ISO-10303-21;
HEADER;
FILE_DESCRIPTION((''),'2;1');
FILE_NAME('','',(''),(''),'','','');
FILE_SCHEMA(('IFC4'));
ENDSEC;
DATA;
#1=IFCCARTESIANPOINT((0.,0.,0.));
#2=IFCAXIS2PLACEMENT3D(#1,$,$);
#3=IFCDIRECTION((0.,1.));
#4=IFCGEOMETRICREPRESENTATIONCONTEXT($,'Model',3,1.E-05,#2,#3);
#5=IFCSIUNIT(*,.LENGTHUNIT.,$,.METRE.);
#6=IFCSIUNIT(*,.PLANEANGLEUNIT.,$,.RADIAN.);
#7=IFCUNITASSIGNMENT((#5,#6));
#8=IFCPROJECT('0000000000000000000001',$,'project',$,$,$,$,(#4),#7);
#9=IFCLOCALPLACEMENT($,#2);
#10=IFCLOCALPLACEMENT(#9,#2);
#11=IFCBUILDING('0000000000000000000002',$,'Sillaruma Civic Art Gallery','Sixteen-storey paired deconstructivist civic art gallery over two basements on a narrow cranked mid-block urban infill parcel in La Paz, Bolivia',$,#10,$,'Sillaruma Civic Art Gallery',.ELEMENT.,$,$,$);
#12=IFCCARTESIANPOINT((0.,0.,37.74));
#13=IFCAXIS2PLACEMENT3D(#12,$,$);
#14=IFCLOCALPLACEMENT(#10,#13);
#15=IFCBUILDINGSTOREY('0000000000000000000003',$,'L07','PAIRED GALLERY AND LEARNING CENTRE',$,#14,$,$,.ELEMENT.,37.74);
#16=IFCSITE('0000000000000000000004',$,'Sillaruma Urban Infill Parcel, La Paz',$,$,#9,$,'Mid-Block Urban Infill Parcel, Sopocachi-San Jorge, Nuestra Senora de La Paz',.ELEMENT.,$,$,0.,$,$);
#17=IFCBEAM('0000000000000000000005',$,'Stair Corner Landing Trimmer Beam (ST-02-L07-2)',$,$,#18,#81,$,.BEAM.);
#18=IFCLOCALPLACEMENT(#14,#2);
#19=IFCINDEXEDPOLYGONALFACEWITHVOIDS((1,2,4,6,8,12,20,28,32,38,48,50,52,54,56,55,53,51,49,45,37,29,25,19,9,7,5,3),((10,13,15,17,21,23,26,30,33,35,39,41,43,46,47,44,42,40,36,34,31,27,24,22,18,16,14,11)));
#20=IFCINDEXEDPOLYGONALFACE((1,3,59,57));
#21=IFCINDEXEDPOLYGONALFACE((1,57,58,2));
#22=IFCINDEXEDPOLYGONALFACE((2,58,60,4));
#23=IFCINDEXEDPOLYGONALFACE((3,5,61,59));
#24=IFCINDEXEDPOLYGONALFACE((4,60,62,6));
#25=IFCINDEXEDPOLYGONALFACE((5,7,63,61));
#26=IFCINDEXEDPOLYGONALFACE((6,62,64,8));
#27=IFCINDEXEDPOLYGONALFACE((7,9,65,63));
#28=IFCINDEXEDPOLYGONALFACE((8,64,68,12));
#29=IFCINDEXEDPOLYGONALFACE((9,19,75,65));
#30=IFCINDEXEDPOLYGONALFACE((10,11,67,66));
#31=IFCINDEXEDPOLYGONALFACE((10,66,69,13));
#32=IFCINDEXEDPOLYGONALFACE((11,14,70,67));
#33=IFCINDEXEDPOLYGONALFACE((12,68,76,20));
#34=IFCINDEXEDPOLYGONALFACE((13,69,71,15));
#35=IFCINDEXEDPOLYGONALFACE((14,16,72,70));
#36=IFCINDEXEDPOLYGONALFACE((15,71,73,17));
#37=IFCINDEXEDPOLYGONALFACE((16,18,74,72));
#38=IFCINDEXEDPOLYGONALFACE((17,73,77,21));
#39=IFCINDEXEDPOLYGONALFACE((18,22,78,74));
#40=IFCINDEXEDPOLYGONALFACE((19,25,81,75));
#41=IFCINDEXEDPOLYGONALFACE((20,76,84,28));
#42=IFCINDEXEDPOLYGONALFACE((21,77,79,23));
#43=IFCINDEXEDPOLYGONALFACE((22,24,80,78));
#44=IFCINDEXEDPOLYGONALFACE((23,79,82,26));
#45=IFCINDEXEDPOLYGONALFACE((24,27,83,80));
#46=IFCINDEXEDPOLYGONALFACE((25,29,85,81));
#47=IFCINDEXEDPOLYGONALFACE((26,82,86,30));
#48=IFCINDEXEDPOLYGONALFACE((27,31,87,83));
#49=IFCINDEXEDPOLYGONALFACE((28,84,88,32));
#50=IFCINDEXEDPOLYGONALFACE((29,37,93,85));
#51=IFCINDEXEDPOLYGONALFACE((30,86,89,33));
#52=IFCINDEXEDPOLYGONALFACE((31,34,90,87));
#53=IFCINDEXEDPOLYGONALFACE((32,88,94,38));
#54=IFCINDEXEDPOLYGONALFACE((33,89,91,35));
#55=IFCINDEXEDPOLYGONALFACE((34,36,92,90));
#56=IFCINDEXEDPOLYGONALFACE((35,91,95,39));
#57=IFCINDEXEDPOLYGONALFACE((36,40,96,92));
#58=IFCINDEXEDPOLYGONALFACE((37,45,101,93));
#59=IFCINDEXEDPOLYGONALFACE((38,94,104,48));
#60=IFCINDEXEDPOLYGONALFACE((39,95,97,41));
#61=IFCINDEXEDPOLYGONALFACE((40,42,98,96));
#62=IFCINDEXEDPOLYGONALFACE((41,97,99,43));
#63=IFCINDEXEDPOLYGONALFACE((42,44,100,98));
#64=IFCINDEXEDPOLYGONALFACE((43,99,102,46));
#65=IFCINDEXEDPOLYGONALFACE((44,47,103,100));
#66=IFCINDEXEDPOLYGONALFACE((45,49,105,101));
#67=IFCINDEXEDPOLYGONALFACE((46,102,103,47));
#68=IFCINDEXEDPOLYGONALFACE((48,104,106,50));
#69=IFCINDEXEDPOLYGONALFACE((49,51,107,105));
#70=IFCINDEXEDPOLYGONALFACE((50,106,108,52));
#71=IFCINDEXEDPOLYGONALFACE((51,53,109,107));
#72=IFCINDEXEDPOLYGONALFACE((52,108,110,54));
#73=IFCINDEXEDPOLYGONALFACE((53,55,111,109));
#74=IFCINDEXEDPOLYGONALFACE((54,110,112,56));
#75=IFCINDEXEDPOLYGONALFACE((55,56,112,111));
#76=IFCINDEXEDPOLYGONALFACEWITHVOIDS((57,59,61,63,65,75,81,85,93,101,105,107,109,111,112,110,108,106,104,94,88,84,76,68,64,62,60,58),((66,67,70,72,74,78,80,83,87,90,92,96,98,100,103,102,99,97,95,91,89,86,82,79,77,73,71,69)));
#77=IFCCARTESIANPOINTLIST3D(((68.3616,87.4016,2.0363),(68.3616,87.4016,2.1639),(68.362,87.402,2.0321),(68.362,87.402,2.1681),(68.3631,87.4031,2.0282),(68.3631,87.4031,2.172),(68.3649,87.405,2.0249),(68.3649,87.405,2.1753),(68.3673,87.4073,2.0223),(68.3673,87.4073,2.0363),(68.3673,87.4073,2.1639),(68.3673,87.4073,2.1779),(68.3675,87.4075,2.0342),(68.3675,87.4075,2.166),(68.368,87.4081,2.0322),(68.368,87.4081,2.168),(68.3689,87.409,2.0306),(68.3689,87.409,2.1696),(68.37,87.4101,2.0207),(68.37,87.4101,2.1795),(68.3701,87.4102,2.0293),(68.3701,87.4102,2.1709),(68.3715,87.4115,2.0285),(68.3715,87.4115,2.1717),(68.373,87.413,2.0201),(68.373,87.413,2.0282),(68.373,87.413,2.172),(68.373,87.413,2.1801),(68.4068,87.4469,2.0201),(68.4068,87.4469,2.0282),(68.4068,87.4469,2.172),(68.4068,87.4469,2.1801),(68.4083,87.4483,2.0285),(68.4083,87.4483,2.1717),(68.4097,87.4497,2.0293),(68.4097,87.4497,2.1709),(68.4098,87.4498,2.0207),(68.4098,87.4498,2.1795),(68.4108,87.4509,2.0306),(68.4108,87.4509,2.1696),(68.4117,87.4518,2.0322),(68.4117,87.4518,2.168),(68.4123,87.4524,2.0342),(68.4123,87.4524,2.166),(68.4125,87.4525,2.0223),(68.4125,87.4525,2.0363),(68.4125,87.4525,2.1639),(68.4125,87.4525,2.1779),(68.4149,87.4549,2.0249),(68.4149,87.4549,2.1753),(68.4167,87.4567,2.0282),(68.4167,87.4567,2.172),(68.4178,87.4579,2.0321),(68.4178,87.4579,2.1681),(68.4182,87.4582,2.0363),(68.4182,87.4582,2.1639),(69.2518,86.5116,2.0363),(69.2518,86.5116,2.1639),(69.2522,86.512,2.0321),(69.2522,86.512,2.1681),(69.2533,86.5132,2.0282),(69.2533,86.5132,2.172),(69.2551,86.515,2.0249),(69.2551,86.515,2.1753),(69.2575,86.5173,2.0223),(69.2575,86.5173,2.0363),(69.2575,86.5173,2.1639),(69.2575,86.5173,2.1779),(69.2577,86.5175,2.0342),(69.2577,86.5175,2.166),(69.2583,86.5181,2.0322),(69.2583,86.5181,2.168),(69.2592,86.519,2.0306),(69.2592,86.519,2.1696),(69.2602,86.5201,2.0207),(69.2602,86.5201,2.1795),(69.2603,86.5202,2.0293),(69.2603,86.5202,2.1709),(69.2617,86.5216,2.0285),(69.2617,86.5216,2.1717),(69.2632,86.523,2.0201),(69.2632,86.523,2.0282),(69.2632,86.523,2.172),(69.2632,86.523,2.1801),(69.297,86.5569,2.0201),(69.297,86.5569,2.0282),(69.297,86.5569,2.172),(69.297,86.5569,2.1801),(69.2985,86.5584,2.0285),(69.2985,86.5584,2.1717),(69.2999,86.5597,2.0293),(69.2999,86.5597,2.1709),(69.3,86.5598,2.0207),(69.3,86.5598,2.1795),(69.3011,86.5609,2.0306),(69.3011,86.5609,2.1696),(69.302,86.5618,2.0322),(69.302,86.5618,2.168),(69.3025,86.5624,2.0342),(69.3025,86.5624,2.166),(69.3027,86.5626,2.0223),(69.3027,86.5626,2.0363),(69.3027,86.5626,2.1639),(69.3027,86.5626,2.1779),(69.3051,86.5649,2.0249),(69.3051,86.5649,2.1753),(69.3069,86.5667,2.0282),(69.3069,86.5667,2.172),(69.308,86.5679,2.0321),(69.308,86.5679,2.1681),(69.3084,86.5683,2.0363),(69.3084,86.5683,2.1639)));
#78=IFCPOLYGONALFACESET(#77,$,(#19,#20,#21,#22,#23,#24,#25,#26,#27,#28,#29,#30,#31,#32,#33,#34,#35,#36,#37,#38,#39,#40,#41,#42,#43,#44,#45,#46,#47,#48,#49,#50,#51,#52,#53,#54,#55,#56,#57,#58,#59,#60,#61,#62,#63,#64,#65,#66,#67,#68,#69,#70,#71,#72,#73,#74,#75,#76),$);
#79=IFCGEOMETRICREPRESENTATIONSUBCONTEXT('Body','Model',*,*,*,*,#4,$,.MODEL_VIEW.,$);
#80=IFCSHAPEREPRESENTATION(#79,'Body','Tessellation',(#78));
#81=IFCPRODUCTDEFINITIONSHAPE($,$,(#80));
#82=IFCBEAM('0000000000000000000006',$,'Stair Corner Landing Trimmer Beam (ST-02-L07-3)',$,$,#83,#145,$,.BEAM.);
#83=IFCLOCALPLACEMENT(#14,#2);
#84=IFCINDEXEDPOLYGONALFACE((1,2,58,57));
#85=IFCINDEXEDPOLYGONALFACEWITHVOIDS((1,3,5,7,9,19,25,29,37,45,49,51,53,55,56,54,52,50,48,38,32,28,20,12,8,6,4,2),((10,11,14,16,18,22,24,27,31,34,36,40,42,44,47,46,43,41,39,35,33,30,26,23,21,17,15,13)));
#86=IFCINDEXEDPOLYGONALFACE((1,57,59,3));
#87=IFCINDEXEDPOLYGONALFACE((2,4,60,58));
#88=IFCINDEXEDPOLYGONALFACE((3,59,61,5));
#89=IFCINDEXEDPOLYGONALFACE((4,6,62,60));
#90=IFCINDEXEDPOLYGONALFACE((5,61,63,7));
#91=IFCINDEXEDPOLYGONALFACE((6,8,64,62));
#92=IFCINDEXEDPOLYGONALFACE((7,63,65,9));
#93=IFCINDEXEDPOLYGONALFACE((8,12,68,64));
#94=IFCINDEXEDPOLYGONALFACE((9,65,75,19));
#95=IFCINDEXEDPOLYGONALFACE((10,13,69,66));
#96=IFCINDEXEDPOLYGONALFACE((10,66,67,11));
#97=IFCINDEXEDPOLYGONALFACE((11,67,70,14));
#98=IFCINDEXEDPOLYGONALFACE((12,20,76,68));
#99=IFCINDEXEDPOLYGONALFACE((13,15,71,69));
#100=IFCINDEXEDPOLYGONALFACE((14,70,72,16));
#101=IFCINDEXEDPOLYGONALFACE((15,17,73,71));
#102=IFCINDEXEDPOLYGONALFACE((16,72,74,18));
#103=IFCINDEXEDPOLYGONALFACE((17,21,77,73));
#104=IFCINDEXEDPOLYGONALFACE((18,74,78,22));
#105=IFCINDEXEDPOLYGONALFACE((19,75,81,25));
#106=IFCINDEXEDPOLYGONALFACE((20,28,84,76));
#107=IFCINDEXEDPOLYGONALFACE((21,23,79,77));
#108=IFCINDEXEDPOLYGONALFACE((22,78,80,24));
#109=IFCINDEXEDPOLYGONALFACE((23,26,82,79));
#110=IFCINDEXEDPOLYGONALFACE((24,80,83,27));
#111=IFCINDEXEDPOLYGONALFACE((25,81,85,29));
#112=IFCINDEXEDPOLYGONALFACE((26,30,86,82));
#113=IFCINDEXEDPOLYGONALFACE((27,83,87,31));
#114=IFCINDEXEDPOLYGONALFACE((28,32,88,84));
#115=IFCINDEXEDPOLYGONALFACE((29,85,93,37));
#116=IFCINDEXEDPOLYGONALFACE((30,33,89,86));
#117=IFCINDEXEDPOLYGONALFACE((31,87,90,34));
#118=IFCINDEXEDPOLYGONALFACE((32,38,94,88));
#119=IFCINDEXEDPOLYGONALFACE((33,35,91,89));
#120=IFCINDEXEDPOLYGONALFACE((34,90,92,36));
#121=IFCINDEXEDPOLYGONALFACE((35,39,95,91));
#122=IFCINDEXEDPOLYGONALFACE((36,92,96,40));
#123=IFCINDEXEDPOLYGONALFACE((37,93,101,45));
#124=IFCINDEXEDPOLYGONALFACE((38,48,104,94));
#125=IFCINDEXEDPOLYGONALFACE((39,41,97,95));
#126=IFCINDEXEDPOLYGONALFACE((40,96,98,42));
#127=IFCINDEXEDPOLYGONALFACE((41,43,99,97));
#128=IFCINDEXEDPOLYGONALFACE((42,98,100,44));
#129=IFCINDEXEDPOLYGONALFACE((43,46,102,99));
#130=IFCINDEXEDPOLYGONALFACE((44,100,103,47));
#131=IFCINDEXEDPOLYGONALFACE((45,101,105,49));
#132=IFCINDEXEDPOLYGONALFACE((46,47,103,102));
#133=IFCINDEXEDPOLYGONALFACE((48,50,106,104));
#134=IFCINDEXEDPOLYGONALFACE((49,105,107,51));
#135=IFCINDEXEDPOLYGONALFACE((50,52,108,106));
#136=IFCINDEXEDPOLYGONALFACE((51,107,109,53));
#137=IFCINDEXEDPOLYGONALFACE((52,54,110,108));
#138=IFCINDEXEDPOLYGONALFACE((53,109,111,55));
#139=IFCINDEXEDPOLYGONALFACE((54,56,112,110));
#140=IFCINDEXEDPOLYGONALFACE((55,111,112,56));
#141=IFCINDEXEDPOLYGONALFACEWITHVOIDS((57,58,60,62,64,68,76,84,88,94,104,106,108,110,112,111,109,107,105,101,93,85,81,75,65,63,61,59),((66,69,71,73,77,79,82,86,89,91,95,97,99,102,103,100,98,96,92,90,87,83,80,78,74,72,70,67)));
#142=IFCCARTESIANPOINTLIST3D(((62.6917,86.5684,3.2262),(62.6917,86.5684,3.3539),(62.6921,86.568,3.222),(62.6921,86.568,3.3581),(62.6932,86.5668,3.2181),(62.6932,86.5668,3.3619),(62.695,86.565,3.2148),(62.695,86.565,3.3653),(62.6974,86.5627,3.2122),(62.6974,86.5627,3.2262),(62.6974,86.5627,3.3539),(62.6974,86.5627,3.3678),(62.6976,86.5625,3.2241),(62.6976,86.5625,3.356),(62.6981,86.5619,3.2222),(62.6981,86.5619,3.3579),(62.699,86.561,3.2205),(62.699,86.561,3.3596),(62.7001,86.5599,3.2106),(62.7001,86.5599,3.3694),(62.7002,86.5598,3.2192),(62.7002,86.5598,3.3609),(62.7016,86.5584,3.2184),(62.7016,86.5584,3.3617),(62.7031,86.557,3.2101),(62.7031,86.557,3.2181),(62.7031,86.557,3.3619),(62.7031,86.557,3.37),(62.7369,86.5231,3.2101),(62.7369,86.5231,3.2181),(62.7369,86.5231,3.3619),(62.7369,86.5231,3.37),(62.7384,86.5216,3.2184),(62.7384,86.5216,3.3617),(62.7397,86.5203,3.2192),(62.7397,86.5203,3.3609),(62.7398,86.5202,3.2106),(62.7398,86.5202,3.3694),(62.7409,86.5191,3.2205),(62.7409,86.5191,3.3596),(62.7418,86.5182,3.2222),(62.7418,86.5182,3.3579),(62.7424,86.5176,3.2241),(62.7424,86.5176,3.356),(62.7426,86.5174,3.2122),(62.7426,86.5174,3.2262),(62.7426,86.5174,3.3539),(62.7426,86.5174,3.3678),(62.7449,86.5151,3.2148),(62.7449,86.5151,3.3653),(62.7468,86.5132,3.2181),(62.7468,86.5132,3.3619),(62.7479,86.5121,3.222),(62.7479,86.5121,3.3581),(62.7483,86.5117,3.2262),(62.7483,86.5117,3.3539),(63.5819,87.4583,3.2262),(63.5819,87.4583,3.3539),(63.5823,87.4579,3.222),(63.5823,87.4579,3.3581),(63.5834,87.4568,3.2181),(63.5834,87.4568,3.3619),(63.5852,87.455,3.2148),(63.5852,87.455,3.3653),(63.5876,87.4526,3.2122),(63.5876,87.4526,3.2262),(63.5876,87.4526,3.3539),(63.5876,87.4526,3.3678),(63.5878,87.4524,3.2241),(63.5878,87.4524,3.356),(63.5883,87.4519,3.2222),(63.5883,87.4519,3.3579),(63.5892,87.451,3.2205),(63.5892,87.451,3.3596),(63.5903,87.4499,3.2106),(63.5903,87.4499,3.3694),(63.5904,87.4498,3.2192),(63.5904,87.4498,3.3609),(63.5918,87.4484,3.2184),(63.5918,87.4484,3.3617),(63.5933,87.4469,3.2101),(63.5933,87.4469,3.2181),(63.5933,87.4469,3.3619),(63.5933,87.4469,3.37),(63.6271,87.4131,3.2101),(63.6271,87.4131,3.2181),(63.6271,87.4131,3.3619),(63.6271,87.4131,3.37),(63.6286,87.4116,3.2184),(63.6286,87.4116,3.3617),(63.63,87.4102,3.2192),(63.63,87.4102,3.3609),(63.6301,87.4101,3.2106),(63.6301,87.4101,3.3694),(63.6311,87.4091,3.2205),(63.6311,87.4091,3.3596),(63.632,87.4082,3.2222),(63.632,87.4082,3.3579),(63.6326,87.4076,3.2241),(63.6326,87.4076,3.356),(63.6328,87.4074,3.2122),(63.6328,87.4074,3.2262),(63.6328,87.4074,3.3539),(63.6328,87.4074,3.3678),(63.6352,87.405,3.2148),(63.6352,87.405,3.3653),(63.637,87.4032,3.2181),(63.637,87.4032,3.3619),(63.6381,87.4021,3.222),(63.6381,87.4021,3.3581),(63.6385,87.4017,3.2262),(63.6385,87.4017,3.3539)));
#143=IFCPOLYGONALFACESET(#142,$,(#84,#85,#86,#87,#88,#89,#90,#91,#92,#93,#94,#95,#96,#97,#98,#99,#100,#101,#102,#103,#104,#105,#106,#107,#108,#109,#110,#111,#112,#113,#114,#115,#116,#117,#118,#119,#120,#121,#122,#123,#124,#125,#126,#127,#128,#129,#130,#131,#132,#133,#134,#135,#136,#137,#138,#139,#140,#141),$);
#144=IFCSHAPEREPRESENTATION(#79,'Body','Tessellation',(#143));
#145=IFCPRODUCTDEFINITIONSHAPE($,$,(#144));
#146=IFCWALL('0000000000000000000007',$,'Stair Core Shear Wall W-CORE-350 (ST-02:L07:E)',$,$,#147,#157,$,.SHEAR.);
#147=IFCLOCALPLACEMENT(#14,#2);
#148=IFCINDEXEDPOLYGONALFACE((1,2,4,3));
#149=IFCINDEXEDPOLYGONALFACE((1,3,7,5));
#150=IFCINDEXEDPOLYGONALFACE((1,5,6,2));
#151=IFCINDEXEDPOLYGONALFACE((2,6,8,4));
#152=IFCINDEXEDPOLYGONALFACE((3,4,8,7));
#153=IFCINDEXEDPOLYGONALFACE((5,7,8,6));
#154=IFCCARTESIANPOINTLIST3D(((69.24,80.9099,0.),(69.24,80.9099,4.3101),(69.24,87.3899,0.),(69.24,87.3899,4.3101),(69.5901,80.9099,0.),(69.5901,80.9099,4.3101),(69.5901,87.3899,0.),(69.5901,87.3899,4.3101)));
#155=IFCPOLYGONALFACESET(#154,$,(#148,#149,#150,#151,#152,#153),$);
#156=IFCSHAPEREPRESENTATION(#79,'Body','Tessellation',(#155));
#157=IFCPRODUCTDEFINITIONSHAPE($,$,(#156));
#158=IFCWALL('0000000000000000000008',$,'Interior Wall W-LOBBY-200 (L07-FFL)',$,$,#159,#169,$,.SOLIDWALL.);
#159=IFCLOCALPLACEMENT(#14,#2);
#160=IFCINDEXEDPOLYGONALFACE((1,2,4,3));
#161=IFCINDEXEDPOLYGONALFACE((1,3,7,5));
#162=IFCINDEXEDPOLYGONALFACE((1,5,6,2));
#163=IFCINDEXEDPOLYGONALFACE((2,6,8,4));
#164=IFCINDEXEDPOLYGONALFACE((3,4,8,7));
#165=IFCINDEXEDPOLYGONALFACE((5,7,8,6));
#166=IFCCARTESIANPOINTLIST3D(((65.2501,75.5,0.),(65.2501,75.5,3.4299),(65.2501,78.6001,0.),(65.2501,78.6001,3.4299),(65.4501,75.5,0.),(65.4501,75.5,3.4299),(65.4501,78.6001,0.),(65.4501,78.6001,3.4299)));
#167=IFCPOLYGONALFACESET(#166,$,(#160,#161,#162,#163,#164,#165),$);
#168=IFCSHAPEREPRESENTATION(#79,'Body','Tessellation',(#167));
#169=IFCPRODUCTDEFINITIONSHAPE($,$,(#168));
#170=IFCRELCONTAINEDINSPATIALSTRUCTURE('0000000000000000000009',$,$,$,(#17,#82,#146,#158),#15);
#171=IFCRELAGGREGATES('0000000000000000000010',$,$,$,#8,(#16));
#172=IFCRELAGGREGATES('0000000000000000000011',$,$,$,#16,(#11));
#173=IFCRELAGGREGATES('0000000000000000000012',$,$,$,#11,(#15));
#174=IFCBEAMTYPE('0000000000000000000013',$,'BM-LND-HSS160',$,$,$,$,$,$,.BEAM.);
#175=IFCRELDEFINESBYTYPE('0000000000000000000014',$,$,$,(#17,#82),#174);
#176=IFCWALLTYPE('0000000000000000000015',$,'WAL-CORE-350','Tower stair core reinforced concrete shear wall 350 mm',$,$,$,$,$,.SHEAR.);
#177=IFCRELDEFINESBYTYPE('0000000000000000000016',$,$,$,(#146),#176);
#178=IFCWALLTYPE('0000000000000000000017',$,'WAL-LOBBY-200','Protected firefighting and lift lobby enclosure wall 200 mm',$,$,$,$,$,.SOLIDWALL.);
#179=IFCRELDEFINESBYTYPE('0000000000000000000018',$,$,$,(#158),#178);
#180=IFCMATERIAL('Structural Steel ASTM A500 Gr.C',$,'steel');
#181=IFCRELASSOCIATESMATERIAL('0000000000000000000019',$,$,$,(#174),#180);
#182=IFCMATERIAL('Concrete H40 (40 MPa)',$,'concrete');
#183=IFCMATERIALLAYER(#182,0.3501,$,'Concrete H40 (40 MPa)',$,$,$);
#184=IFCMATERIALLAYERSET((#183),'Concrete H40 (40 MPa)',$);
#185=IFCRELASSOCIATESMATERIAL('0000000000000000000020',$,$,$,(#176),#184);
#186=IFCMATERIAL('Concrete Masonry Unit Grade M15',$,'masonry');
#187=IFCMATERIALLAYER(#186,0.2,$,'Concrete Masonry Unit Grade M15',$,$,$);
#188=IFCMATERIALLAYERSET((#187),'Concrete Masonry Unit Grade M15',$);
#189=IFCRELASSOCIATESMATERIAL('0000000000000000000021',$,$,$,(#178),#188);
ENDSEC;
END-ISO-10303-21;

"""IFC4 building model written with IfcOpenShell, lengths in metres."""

from ifc_helpers import new_model, si_unit, direction, frame, frame_2d, origin, origin_2d, place, context, subcontext, project, spatial, rectangle, hollow_rectangle, extrude, material, layer, layer_set, material_profile, profile_set, type_object, element, save


model = new_model("IFC4")

# Units and contexts
model_context = context("Model", 3, precision=1e-05, world=origin(), true_north=direction((0.0, 1.0)))
body_context = subcontext(model_context, "Body", "Model", "MODEL_VIEW")
ifc_project = project(units=[si_unit("LENGTHUNIT", "METRE"), si_unit("PLANEANGLEUNIT", "RADIAN")], contexts=[model_context])

# Site, building, storey
site_placement = place(None, origin())
site = spatial("IfcSite", under=ifc_project, at=site_placement, Name="Sillaruma Urban Infill Parcel, La Paz", LongName="Mid-Block Urban Infill Parcel, Sopocachi-San Jorge, Nuestra Senora de La Paz", CompositionType="ELEMENT", RefElevation=0.0)
building_placement = place(site_placement, origin())
building = spatial("IfcBuilding", under=site, at=building_placement, Name="Sillaruma Civic Art Gallery", Description="Sixteen-storey paired deconstructivist civic art gallery over two basements on a narrow cranked mid-block urban infill parcel in La Paz, Bolivia", LongName="Sillaruma Civic Art Gallery", CompositionType="ELEMENT")
storey_placement = place(building_placement, frame((0.0, 0.0, 37.74)))
storey = spatial("IfcBuildingStorey", under=building, at=storey_placement, Name="L07", Description="PAIRED GALLERY AND LEARNING CENTRE", CompositionType="ELEMENT", Elevation=37.74)

# Shared definitions
ifc_material_1 = material(Name="Concrete H40 (40 MPa)", Category="concrete")

# Beams
ifc_material_2 = material(Name="Structural Steel ASTM A500 Gr.C", Category="steel")
ifc_material_profile_1 = material_profile(ifc_material_2, hollow_rectangle(XDim=0.0801, YDim=0.1599, WallThickness=0.0081, InnerFilletRadius=0.0081, OuterFilletRadius=0.0161, at=origin_2d()), Name="HSS160x80x8")
ifc_profile_set_1 = profile_set([ifc_material_profile_1], Name="Structural Steel ASTM A500 Gr.C")
beam_type_1 = type_object("IfcBeamType", Name="BM-LND-HSS160", PredefinedType="BEAM", material=ifc_profile_set_1)
for number, where, z_axis, x_axis, name in (
    (1, (68.3899, 87.4299, 2.1001), (0.707204, -0.70701, 0.0), (0.70701, 0.707204, 0.0), "Stair Corner Landing Trimmer Beam (ST-02-L07-2)"),
    (2, (62.72, 86.54, 3.29), (0.707204, 0.70701, 0.0), (-0.70701, 0.707204, 0.0), "Stair Corner Landing Trimmer Beam (ST-02-L07-3)"),
):
    element("IfcBeam", number, at=place(storey_placement, frame(where, z_axis=z_axis, x_axis=x_axis)), inside=storey, type_object=beam_type_1, Name=name, PredefinedType="BEAM", context=body_context, shape_type="SweptSolid", body=[
        extrude(hollow_rectangle(XDim=0.0801, YDim=0.1599, WallThickness=0.0081, InnerFilletRadius=0.0081, OuterFilletRadius=0.0161, at=origin_2d()), origin(), (0.0, 0.0, 1.0), 1.2588),
    ])

# Walls
ifc_layer_1 = layer(ifc_material_1, 0.3501, Name="Concrete H40 (40 MPa)")
ifc_layer_set_1 = layer_set([ifc_layer_1], Name="Concrete H40 (40 MPa)")
wall_type_1 = type_object("IfcWallType", Name="WAL-CORE-350", Description="Tower stair core reinforced concrete shear wall 350 mm", PredefinedType="SHEAR", material=ifc_layer_set_1)
wall_1_placement = place(storey_placement, frame((69.415, 80.9099, 0.0), z_axis=(0.0, 0.0, 1.0), x_axis=(0.0, 1.0, 0.0)))
element("IfcWall", 3, at=wall_1_placement, inside=storey, type_object=wall_type_1, Name="Stair Core Shear Wall W-CORE-350 (ST-02:L07:E)", PredefinedType="SHEAR", context=body_context, shape_type="SweptSolid", body=[
    extrude(rectangle(XDim=6.48, YDim=0.3501, at=frame_2d((3.24, 0.0))), origin(), (0.0, 0.0, 1.0), 4.3101),
])
ifc_material_3 = material(Name="Concrete Masonry Unit Grade M15", Category="masonry")
ifc_layer_2 = layer(ifc_material_3, 0.2, Name="Concrete Masonry Unit Grade M15")
ifc_layer_set_2 = layer_set([ifc_layer_2], Name="Concrete Masonry Unit Grade M15")
wall_type_2 = type_object("IfcWallType", Name="WAL-LOBBY-200", Description="Protected firefighting and lift lobby enclosure wall 200 mm", PredefinedType="SOLIDWALL", material=ifc_layer_set_2)
wall_2_placement = place(storey_placement, frame((65.3501, 75.5, 0.0), z_axis=(0.0, 0.0, 1.0), x_axis=(0.0, 1.0, 0.0)))
element("IfcWall", 4, at=wall_2_placement, inside=storey, type_object=wall_type_2, Name="Interior Wall W-LOBBY-200 (L07-FFL)", PredefinedType="SOLIDWALL", context=body_context, shape_type="SweptSolid", body=[
    extrude(rectangle(XDim=3.1001, YDim=0.2, at=frame_2d((1.55, 0.0))), origin(), (0.0, 0.0, 1.0), 3.4299),
])

save(model, "model.ifc")
